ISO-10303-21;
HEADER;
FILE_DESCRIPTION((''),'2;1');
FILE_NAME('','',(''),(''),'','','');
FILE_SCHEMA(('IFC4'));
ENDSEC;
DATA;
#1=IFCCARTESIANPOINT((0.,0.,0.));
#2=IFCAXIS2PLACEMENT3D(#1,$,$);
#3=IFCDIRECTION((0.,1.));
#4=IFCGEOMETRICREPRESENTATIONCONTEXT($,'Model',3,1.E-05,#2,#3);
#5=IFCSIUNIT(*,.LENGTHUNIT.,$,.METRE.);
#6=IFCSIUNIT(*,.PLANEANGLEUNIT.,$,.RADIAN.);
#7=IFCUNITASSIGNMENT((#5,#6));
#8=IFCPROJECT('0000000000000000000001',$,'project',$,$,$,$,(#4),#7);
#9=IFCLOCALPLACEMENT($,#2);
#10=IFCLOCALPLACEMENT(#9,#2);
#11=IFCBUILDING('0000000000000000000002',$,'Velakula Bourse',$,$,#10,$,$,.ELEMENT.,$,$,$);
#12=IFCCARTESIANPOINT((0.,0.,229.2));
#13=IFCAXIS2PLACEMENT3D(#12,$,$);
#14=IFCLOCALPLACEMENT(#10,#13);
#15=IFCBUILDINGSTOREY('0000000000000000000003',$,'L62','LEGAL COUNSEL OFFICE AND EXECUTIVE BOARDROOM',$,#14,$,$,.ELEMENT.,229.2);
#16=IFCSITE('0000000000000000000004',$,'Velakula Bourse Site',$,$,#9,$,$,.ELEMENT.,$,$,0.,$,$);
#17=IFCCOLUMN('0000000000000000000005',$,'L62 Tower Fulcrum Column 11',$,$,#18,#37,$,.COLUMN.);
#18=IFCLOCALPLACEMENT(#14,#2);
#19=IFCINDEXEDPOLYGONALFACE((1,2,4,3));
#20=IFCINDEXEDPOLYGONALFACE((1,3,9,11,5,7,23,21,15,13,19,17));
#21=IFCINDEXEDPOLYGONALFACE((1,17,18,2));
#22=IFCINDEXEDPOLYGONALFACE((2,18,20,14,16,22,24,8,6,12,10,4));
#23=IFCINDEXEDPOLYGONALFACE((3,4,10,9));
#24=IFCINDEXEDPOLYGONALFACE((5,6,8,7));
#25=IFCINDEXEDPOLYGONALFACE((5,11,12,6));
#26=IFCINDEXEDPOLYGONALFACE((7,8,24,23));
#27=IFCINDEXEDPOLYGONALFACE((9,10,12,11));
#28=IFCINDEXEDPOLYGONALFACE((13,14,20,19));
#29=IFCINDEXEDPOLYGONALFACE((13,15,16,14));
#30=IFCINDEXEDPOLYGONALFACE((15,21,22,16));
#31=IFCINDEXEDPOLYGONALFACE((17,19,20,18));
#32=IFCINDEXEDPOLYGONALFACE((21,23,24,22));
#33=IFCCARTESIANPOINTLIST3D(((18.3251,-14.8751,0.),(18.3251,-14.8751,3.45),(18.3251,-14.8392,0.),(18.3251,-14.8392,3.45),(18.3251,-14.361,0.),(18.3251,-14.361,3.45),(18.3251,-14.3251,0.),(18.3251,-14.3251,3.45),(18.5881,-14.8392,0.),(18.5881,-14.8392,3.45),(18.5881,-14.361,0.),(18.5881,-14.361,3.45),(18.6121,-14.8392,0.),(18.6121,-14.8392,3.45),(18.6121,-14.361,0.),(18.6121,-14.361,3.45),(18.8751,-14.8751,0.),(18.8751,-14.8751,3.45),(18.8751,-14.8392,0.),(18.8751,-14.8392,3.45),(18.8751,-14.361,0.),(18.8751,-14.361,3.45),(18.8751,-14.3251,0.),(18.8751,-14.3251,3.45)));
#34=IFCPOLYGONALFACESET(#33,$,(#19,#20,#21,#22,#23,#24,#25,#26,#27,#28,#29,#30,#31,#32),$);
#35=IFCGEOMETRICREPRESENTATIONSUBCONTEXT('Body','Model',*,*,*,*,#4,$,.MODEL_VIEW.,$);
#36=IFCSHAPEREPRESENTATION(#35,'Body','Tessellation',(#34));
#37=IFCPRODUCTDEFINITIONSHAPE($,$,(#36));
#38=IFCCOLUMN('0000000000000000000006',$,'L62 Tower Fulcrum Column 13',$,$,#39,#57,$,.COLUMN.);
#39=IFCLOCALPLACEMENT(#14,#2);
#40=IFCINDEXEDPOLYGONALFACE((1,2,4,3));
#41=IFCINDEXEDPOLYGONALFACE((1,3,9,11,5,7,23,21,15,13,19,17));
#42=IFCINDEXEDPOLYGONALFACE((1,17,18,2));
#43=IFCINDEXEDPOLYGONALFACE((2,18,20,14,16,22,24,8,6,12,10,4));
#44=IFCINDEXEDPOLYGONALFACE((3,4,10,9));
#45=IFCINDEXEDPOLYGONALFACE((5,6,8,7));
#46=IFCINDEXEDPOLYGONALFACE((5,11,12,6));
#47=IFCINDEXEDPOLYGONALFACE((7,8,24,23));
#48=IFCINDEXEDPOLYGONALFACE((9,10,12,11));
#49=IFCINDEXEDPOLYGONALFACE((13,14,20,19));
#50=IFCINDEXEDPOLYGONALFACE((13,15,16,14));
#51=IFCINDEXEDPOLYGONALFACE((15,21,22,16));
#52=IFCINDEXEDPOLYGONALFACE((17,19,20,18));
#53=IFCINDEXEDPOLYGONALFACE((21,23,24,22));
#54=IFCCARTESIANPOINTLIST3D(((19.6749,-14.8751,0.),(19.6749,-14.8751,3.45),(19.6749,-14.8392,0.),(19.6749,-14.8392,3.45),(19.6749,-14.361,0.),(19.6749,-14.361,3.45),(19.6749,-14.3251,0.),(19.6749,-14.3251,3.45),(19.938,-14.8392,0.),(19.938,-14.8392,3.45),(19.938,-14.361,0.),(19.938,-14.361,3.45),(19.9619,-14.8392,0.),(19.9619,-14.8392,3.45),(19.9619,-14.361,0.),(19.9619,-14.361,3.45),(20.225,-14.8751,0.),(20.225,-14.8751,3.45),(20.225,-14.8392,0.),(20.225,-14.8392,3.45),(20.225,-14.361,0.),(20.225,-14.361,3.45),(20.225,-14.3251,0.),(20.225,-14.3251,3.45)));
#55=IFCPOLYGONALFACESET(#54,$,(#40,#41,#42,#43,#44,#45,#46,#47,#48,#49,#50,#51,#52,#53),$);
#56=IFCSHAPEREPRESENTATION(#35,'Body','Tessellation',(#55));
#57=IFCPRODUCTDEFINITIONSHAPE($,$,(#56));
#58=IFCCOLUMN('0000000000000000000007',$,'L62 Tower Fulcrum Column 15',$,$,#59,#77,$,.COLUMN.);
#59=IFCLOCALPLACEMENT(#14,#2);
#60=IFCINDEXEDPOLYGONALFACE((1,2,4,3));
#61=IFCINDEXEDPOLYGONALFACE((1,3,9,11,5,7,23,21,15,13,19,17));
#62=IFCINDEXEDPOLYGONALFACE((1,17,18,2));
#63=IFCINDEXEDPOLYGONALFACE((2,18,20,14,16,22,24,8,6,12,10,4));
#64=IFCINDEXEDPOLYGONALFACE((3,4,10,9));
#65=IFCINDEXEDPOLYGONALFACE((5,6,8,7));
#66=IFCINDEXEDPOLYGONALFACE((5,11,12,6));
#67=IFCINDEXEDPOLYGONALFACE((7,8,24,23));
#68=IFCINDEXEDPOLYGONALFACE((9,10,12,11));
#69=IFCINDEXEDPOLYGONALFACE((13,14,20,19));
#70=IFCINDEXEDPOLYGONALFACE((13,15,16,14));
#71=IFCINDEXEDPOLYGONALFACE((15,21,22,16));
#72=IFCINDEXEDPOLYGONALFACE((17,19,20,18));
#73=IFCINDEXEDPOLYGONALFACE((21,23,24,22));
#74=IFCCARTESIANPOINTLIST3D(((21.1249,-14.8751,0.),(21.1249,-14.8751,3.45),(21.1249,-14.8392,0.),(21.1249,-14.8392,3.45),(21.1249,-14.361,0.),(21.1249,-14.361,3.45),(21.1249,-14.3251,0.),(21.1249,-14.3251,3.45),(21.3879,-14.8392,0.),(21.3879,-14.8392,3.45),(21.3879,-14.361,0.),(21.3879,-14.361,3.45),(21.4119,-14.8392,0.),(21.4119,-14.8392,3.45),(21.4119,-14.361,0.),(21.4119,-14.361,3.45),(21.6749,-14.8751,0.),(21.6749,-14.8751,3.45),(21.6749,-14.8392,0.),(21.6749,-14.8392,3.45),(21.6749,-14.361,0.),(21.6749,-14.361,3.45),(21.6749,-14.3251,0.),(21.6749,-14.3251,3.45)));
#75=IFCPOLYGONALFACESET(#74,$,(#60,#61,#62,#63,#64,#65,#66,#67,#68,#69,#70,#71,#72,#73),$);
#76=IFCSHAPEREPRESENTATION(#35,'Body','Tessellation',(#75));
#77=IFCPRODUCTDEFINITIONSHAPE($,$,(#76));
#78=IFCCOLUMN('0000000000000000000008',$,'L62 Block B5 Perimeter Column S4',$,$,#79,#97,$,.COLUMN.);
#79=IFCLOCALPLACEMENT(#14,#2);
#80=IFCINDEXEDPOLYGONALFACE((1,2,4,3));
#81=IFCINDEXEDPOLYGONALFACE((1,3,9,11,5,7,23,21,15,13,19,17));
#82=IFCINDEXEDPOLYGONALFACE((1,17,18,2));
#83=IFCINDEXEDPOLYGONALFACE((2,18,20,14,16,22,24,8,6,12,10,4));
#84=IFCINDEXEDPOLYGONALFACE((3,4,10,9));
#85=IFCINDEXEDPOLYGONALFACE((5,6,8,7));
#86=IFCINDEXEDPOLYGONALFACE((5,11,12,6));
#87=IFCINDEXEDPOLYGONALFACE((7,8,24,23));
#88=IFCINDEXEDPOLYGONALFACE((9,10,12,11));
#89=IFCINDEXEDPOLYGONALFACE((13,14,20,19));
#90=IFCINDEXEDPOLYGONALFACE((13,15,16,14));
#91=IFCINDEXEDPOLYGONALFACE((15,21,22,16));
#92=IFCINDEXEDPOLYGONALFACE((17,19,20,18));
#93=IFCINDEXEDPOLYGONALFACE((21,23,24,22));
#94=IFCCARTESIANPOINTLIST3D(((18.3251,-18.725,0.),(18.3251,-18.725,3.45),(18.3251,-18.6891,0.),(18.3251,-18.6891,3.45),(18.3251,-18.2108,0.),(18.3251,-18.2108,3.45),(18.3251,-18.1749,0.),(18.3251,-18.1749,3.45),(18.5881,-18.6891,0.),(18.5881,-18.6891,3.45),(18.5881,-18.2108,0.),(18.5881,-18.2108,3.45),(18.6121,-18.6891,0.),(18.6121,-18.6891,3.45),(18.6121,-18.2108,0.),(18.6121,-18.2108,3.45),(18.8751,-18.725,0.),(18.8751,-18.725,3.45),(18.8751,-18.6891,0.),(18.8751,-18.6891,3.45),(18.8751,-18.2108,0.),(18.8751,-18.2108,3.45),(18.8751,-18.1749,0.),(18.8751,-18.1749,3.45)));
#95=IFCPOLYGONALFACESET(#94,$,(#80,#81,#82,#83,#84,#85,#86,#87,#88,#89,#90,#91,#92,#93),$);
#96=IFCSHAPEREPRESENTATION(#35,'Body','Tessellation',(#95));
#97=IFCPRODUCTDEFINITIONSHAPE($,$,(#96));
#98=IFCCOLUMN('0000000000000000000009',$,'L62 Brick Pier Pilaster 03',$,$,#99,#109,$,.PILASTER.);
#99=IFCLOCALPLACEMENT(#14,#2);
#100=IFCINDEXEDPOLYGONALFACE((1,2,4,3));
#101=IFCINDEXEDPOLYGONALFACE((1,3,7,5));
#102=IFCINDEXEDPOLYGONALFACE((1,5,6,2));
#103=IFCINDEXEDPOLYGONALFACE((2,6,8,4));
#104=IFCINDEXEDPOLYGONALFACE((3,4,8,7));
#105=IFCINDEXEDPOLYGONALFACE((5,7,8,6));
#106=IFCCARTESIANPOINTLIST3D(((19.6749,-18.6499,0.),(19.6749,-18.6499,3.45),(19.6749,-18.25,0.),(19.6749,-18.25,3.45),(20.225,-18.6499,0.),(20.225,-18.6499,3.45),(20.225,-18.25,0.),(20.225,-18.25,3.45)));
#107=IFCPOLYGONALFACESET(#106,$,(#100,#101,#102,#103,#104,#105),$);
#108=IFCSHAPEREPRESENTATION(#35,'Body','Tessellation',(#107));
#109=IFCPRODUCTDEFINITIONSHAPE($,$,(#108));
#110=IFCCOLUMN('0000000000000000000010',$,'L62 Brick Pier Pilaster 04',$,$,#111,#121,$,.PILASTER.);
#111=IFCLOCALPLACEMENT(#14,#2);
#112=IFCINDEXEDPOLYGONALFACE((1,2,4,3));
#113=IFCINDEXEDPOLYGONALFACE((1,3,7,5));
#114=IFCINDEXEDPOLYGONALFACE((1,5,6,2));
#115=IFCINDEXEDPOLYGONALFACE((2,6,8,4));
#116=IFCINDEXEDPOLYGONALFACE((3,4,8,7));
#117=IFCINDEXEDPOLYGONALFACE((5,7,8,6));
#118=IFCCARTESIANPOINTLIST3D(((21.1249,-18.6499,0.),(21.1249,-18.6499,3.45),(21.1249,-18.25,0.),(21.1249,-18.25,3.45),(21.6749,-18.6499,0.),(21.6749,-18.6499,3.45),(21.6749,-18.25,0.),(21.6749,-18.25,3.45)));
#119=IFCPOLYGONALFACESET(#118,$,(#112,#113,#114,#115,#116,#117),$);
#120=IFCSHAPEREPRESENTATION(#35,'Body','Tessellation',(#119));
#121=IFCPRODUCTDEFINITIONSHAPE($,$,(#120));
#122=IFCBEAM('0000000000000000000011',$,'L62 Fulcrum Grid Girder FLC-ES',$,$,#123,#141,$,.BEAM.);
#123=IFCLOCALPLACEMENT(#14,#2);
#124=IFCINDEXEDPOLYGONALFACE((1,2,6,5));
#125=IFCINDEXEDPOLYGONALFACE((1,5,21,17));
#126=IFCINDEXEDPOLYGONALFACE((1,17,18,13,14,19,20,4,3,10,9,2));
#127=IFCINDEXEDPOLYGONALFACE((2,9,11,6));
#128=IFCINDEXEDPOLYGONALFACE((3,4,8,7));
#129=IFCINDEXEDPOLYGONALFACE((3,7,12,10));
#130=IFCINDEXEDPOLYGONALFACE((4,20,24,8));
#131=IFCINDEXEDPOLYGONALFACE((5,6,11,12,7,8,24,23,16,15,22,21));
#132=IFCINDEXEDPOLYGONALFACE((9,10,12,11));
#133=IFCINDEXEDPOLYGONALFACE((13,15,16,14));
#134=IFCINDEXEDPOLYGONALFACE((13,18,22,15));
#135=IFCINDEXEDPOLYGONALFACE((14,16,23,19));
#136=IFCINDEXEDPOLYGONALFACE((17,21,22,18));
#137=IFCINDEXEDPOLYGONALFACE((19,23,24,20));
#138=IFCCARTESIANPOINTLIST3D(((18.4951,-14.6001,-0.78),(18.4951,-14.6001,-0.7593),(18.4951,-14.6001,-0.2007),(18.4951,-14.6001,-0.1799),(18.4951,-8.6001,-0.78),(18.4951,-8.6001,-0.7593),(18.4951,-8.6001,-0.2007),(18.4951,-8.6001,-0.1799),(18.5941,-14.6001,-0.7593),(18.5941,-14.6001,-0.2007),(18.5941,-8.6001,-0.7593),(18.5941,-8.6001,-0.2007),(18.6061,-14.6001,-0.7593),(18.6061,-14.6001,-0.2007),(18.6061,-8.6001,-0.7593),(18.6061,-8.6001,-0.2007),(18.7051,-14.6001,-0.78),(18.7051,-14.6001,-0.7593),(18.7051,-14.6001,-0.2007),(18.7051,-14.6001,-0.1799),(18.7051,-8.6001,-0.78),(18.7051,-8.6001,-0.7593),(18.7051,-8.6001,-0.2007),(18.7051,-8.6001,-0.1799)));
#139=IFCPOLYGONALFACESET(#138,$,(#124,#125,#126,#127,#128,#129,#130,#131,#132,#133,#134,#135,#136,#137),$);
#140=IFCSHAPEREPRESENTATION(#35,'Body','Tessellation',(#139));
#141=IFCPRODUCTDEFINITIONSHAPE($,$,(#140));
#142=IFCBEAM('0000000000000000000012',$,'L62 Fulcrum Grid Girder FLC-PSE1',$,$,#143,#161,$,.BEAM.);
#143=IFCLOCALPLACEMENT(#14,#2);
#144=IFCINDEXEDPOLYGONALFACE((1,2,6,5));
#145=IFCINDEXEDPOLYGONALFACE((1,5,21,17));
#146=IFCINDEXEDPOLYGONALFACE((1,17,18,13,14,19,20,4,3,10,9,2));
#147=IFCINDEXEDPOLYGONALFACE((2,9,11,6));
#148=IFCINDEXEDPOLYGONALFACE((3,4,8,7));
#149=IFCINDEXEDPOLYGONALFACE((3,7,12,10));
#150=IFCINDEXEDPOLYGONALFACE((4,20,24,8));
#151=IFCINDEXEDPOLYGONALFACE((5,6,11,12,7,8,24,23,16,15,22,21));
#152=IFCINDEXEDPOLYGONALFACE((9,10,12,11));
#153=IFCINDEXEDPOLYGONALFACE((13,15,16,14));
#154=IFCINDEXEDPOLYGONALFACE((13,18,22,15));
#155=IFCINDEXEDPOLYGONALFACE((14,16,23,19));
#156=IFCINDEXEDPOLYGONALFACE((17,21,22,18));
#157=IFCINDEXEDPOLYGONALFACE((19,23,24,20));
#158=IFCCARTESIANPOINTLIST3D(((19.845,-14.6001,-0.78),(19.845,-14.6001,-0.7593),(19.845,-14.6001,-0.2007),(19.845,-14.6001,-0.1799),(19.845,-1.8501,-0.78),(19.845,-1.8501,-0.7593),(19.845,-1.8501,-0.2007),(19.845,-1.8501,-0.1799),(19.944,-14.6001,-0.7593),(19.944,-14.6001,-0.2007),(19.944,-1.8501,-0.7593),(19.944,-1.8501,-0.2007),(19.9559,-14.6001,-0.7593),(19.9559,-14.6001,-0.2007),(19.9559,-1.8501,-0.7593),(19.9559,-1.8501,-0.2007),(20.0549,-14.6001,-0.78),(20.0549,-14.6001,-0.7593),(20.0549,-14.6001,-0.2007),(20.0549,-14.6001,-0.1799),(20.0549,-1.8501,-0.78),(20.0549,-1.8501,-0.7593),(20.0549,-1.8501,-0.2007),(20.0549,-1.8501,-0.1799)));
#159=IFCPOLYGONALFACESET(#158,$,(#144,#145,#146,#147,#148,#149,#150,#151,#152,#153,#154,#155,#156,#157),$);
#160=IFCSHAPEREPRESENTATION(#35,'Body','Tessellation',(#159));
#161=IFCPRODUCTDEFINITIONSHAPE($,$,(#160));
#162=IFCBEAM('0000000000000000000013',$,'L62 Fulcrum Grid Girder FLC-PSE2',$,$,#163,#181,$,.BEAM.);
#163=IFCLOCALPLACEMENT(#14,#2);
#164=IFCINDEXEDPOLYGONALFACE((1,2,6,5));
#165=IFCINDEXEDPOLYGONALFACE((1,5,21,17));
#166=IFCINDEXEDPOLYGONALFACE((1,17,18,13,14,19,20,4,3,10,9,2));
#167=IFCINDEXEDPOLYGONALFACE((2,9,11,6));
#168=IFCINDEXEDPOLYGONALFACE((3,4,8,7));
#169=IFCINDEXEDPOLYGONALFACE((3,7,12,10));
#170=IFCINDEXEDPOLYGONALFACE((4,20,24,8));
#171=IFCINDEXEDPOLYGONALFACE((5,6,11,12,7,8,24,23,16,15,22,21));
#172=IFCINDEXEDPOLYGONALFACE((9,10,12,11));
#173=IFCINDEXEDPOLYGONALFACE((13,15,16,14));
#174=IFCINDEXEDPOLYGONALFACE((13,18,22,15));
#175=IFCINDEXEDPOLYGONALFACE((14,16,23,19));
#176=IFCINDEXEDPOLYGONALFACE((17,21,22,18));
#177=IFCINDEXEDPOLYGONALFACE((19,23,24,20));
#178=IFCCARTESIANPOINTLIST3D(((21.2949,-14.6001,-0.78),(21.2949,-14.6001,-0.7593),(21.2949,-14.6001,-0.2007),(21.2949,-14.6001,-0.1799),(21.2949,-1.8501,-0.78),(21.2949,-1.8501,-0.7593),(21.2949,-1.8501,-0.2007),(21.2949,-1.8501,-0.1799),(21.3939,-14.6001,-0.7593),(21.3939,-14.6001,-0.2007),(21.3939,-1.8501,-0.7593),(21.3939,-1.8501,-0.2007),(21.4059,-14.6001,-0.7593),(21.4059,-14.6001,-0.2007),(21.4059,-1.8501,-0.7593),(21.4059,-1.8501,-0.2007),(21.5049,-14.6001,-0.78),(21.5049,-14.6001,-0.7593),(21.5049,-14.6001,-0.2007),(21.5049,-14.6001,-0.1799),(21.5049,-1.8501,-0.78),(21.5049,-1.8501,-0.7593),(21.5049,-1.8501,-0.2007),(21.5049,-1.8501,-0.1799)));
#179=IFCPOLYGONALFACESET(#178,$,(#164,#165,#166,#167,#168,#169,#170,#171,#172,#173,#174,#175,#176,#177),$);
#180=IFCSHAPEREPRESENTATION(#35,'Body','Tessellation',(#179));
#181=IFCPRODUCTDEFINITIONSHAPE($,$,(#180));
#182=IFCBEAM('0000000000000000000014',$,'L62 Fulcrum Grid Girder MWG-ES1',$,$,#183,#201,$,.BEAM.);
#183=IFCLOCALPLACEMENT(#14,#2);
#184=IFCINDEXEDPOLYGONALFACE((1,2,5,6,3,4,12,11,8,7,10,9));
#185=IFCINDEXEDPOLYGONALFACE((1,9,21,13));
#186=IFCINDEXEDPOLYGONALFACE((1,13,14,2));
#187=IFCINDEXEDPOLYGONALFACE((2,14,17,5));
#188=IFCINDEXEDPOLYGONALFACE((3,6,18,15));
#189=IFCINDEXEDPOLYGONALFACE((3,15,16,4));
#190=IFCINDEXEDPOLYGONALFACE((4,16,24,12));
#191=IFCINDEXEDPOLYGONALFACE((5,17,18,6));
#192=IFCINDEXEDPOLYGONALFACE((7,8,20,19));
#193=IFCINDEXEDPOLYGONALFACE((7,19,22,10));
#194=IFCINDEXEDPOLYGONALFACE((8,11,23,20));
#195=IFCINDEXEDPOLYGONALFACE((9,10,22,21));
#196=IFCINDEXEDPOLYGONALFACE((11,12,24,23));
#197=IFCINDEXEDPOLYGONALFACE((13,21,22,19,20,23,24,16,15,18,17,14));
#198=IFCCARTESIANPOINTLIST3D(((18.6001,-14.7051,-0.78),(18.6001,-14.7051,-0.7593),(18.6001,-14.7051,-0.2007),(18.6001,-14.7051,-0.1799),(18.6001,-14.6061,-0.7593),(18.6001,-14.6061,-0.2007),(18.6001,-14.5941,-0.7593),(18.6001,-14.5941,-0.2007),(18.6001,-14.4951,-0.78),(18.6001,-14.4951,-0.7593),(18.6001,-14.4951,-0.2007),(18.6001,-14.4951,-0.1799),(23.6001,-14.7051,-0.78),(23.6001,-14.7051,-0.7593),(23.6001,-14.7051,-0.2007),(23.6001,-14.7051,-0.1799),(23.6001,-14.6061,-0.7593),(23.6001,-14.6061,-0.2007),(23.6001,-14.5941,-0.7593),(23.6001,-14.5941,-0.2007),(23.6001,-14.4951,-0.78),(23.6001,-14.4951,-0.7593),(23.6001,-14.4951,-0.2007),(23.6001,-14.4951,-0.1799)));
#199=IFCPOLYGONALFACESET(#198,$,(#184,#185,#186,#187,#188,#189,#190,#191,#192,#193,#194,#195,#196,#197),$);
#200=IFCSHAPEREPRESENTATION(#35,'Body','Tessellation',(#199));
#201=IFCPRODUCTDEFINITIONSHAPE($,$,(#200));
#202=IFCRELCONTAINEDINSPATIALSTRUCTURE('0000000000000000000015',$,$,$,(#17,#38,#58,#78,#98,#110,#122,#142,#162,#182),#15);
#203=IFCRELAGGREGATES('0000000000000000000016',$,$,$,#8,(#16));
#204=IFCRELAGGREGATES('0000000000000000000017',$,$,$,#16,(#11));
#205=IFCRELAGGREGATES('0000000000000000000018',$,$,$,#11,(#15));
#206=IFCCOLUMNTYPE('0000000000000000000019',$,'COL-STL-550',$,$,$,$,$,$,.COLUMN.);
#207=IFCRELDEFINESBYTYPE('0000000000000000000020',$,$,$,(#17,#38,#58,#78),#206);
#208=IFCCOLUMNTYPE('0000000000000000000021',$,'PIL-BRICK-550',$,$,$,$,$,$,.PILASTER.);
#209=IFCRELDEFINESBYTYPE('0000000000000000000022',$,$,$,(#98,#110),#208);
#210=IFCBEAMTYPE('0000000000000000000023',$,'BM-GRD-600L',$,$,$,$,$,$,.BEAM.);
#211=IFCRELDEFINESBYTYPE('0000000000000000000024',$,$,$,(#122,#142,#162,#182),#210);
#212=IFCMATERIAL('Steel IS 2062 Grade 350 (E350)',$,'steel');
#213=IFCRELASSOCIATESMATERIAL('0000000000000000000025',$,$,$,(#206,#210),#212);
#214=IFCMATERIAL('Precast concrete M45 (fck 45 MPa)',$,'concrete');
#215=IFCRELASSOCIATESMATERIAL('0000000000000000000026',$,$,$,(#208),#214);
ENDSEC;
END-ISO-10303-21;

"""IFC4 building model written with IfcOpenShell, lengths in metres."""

from ifc_helpers import new_model, si_unit, direction, frame, origin, origin_2d, place, context, subcontext, project, spatial, rectangle, i_section, extrude, material, material_profile, profile_set, type_object, element, save


model = new_model("IFC4")

# Units and contexts
model_context = context("Model", 3, precision=1e-05, world=origin(), true_north=direction((0.0, 1.0)))
body_context = subcontext(model_context, "Body", "Model", "MODEL_VIEW")
ifc_project = project(units=[si_unit("LENGTHUNIT", "METRE"), si_unit("PLANEANGLEUNIT", "RADIAN")], contexts=[model_context])

# Site, building, storey
site_placement = place(None, origin())
site = spatial("IfcSite", under=ifc_project, at=site_placement, Name="Velakula Bourse Site", CompositionType="ELEMENT", RefElevation=0.0)
building_placement = place(site_placement, origin())
building = spatial("IfcBuilding", under=site, at=building_placement, Name="Velakula Bourse", CompositionType="ELEMENT")
storey_placement = place(building_placement, frame((0.0, 0.0, 229.2)))
storey = spatial("IfcBuildingStorey", under=building, at=storey_placement, Name="L62", Description="LEGAL COUNSEL OFFICE AND EXECUTIVE BOARDROOM", CompositionType="ELEMENT", Elevation=229.2)

# Columns
ifc_material_1 = material(Name="Steel IS 2062 Grade 350 (E350)", Category="steel")
ifc_material_profile_1 = material_profile(ifc_material_1, i_section(OverallWidth=0.55, OverallDepth=0.55, WebThickness=0.0239, FlangeThickness=0.0359, at=origin_2d()), Name="Steel IS 2062 Grade 350 (E350)")
ifc_profile_set_1 = profile_set([ifc_material_profile_1], Name="Steel IS 2062 Grade 350 (E350)")
column_type_1 = type_object("IfcColumnType", Name="COL-STL-550", PredefinedType="COLUMN", material=ifc_profile_set_1)
for number, where, z_axis, x_axis, name in (
    (1, (18.6001, -14.6001, 0.0), (0.0, 0.0, 1.0), (1.0, 0.0, 0.0), "L62 Tower Fulcrum Column 11"),
    (2, (19.95, -14.6001, 0.0), (0.0, 0.0, 1.0), (1.0, 0.0, 0.0), "L62 Tower Fulcrum Column 13"),
    (3, (21.3999, -14.6001, 0.0), (0.0, 0.0, 1.0), (1.0, 0.0, 0.0), "L62 Tower Fulcrum Column 15"),
    (4, (18.6001, -18.45, 0.0), (0.0, 0.0, 1.0), (1.0, 0.0, 0.0), "L62 Block B5 Perimeter Column S4"),
):
    element("IfcColumn", number, at=place(storey_placement, frame(where, z_axis=z_axis, x_axis=x_axis)), inside=storey, type_object=column_type_1, Name=name, PredefinedType="COLUMN", context=body_context, shape_type="SweptSolid", body=[
        extrude(i_section(OverallWidth=0.55, OverallDepth=0.55, WebThickness=0.0239, FlangeThickness=0.0359, at=origin_2d()), origin(), (0.0, 0.0, 1.0), 3.45),
    ])
ifc_material_2 = material(Name="Precast concrete M45 (fck 45 MPa)", Category="concrete")
ifc_material_profile_2 = material_profile(ifc_material_2, rectangle(XDim=0.55, YDim=0.3999, at=origin_2d()), Name="Precast concrete M45 (fck 45 MPa)")
ifc_profile_set_2 = profile_set([ifc_material_profile_2], Name="Precast concrete M45 (fck 45 MPa)")
column_type_2 = type_object("IfcColumnType", Name="PIL-BRICK-550", PredefinedType="PILASTER", material=ifc_profile_set_2)
for number, where, z_axis, x_axis, name in (
    (5, (19.95, -18.45, 0.0), (0.0, 0.0, 1.0), (1.0, 0.0, 0.0), "L62 Brick Pier Pilaster 03"),
    (6, (21.3999, -18.45, 0.0), (0.0, 0.0, 1.0), (1.0, 0.0, 0.0), "L62 Brick Pier Pilaster 04"),
):
    element("IfcColumn", number, at=place(storey_placement, frame(where, z_axis=z_axis, x_axis=x_axis)), inside=storey, type_object=column_type_2, Name=name, PredefinedType="PILASTER", context=body_context, shape_type="SweptSolid", body=[
        extrude(rectangle(XDim=0.55, YDim=0.3999, at=origin_2d()), origin(), (0.0, 0.0, 1.0), 3.45),
    ])

# Beams
ifc_material_profile_3 = material_profile(ifc_material_1, i_section(OverallWidth=0.21, OverallDepth=0.6001, WebThickness=0.012, FlangeThickness=0.0208, at=origin_2d()), Name="Steel IS 2062 Grade 350 (E350)")
ifc_profile_set_3 = profile_set([ifc_material_profile_3], Name="Steel IS 2062 Grade 350 (E350)")
beam_type_1 = type_object("IfcBeamType", Name="BM-GRD-600L", PredefinedType="BEAM", material=ifc_profile_set_3)
beam_1_placement = place(storey_placement, frame((18.6001, -14.6001, -0.48), z_axis=(0.0, 1.0, 0.0), x_axis=(-1.0, 0.0, 0.0)))
element("IfcBeam", 7, at=beam_1_placement, inside=storey, type_object=beam_type_1, Name="L62 Fulcrum Grid Girder FLC-ES", PredefinedType="BEAM", context=body_context, shape_type="SweptSolid", body=[
    extrude(i_section(OverallWidth=0.21, OverallDepth=0.6001, WebThickness=0.012, FlangeThickness=0.0208, at=origin_2d()), origin(), (0.0, 0.0, 1.0), 6.0),
])
for number, where, z_axis, x_axis, name in (
    (8, (19.95, -14.6001, -0.48), (0.0, 1.0, 0.0), (-1.0, 0.0, 0.0), "L62 Fulcrum Grid Girder FLC-PSE1"),
    (9, (21.3999, -14.6001, -0.48), (0.0, 1.0, 0.0), (-1.0, 0.0, 0.0), "L62 Fulcrum Grid Girder FLC-PSE2"),
):
    element("IfcBeam", number, at=place(storey_placement, frame(where, z_axis=z_axis, x_axis=x_axis)), inside=storey, type_object=beam_type_1, Name=name, PredefinedType="BEAM", context=body_context, shape_type="SweptSolid", body=[
        extrude(i_section(OverallWidth=0.21, OverallDepth=0.6001, WebThickness=0.012, FlangeThickness=0.0208, at=origin_2d()), origin(), (0.0, 0.0, 1.0), 12.75),
    ])
beam_2_placement = place(storey_placement, frame((18.6001, -14.6001, -0.48), z_axis=(1.0, 0.0, 0.0), x_axis=(0.0, 1.0, 0.0)))
element("IfcBeam", 10, at=beam_2_placement, inside=storey, type_object=beam_type_1, Name="L62 Fulcrum Grid Girder MWG-ES1", PredefinedType="BEAM", context=body_context, shape_type="SweptSolid", body=[
    extrude(i_section(OverallWidth=0.21, OverallDepth=0.6001, WebThickness=0.012, FlangeThickness=0.0208, at=origin_2d()), origin(), (0.0, 0.0, 1.0), 5.0),
])

save(model, "model.ifc")
